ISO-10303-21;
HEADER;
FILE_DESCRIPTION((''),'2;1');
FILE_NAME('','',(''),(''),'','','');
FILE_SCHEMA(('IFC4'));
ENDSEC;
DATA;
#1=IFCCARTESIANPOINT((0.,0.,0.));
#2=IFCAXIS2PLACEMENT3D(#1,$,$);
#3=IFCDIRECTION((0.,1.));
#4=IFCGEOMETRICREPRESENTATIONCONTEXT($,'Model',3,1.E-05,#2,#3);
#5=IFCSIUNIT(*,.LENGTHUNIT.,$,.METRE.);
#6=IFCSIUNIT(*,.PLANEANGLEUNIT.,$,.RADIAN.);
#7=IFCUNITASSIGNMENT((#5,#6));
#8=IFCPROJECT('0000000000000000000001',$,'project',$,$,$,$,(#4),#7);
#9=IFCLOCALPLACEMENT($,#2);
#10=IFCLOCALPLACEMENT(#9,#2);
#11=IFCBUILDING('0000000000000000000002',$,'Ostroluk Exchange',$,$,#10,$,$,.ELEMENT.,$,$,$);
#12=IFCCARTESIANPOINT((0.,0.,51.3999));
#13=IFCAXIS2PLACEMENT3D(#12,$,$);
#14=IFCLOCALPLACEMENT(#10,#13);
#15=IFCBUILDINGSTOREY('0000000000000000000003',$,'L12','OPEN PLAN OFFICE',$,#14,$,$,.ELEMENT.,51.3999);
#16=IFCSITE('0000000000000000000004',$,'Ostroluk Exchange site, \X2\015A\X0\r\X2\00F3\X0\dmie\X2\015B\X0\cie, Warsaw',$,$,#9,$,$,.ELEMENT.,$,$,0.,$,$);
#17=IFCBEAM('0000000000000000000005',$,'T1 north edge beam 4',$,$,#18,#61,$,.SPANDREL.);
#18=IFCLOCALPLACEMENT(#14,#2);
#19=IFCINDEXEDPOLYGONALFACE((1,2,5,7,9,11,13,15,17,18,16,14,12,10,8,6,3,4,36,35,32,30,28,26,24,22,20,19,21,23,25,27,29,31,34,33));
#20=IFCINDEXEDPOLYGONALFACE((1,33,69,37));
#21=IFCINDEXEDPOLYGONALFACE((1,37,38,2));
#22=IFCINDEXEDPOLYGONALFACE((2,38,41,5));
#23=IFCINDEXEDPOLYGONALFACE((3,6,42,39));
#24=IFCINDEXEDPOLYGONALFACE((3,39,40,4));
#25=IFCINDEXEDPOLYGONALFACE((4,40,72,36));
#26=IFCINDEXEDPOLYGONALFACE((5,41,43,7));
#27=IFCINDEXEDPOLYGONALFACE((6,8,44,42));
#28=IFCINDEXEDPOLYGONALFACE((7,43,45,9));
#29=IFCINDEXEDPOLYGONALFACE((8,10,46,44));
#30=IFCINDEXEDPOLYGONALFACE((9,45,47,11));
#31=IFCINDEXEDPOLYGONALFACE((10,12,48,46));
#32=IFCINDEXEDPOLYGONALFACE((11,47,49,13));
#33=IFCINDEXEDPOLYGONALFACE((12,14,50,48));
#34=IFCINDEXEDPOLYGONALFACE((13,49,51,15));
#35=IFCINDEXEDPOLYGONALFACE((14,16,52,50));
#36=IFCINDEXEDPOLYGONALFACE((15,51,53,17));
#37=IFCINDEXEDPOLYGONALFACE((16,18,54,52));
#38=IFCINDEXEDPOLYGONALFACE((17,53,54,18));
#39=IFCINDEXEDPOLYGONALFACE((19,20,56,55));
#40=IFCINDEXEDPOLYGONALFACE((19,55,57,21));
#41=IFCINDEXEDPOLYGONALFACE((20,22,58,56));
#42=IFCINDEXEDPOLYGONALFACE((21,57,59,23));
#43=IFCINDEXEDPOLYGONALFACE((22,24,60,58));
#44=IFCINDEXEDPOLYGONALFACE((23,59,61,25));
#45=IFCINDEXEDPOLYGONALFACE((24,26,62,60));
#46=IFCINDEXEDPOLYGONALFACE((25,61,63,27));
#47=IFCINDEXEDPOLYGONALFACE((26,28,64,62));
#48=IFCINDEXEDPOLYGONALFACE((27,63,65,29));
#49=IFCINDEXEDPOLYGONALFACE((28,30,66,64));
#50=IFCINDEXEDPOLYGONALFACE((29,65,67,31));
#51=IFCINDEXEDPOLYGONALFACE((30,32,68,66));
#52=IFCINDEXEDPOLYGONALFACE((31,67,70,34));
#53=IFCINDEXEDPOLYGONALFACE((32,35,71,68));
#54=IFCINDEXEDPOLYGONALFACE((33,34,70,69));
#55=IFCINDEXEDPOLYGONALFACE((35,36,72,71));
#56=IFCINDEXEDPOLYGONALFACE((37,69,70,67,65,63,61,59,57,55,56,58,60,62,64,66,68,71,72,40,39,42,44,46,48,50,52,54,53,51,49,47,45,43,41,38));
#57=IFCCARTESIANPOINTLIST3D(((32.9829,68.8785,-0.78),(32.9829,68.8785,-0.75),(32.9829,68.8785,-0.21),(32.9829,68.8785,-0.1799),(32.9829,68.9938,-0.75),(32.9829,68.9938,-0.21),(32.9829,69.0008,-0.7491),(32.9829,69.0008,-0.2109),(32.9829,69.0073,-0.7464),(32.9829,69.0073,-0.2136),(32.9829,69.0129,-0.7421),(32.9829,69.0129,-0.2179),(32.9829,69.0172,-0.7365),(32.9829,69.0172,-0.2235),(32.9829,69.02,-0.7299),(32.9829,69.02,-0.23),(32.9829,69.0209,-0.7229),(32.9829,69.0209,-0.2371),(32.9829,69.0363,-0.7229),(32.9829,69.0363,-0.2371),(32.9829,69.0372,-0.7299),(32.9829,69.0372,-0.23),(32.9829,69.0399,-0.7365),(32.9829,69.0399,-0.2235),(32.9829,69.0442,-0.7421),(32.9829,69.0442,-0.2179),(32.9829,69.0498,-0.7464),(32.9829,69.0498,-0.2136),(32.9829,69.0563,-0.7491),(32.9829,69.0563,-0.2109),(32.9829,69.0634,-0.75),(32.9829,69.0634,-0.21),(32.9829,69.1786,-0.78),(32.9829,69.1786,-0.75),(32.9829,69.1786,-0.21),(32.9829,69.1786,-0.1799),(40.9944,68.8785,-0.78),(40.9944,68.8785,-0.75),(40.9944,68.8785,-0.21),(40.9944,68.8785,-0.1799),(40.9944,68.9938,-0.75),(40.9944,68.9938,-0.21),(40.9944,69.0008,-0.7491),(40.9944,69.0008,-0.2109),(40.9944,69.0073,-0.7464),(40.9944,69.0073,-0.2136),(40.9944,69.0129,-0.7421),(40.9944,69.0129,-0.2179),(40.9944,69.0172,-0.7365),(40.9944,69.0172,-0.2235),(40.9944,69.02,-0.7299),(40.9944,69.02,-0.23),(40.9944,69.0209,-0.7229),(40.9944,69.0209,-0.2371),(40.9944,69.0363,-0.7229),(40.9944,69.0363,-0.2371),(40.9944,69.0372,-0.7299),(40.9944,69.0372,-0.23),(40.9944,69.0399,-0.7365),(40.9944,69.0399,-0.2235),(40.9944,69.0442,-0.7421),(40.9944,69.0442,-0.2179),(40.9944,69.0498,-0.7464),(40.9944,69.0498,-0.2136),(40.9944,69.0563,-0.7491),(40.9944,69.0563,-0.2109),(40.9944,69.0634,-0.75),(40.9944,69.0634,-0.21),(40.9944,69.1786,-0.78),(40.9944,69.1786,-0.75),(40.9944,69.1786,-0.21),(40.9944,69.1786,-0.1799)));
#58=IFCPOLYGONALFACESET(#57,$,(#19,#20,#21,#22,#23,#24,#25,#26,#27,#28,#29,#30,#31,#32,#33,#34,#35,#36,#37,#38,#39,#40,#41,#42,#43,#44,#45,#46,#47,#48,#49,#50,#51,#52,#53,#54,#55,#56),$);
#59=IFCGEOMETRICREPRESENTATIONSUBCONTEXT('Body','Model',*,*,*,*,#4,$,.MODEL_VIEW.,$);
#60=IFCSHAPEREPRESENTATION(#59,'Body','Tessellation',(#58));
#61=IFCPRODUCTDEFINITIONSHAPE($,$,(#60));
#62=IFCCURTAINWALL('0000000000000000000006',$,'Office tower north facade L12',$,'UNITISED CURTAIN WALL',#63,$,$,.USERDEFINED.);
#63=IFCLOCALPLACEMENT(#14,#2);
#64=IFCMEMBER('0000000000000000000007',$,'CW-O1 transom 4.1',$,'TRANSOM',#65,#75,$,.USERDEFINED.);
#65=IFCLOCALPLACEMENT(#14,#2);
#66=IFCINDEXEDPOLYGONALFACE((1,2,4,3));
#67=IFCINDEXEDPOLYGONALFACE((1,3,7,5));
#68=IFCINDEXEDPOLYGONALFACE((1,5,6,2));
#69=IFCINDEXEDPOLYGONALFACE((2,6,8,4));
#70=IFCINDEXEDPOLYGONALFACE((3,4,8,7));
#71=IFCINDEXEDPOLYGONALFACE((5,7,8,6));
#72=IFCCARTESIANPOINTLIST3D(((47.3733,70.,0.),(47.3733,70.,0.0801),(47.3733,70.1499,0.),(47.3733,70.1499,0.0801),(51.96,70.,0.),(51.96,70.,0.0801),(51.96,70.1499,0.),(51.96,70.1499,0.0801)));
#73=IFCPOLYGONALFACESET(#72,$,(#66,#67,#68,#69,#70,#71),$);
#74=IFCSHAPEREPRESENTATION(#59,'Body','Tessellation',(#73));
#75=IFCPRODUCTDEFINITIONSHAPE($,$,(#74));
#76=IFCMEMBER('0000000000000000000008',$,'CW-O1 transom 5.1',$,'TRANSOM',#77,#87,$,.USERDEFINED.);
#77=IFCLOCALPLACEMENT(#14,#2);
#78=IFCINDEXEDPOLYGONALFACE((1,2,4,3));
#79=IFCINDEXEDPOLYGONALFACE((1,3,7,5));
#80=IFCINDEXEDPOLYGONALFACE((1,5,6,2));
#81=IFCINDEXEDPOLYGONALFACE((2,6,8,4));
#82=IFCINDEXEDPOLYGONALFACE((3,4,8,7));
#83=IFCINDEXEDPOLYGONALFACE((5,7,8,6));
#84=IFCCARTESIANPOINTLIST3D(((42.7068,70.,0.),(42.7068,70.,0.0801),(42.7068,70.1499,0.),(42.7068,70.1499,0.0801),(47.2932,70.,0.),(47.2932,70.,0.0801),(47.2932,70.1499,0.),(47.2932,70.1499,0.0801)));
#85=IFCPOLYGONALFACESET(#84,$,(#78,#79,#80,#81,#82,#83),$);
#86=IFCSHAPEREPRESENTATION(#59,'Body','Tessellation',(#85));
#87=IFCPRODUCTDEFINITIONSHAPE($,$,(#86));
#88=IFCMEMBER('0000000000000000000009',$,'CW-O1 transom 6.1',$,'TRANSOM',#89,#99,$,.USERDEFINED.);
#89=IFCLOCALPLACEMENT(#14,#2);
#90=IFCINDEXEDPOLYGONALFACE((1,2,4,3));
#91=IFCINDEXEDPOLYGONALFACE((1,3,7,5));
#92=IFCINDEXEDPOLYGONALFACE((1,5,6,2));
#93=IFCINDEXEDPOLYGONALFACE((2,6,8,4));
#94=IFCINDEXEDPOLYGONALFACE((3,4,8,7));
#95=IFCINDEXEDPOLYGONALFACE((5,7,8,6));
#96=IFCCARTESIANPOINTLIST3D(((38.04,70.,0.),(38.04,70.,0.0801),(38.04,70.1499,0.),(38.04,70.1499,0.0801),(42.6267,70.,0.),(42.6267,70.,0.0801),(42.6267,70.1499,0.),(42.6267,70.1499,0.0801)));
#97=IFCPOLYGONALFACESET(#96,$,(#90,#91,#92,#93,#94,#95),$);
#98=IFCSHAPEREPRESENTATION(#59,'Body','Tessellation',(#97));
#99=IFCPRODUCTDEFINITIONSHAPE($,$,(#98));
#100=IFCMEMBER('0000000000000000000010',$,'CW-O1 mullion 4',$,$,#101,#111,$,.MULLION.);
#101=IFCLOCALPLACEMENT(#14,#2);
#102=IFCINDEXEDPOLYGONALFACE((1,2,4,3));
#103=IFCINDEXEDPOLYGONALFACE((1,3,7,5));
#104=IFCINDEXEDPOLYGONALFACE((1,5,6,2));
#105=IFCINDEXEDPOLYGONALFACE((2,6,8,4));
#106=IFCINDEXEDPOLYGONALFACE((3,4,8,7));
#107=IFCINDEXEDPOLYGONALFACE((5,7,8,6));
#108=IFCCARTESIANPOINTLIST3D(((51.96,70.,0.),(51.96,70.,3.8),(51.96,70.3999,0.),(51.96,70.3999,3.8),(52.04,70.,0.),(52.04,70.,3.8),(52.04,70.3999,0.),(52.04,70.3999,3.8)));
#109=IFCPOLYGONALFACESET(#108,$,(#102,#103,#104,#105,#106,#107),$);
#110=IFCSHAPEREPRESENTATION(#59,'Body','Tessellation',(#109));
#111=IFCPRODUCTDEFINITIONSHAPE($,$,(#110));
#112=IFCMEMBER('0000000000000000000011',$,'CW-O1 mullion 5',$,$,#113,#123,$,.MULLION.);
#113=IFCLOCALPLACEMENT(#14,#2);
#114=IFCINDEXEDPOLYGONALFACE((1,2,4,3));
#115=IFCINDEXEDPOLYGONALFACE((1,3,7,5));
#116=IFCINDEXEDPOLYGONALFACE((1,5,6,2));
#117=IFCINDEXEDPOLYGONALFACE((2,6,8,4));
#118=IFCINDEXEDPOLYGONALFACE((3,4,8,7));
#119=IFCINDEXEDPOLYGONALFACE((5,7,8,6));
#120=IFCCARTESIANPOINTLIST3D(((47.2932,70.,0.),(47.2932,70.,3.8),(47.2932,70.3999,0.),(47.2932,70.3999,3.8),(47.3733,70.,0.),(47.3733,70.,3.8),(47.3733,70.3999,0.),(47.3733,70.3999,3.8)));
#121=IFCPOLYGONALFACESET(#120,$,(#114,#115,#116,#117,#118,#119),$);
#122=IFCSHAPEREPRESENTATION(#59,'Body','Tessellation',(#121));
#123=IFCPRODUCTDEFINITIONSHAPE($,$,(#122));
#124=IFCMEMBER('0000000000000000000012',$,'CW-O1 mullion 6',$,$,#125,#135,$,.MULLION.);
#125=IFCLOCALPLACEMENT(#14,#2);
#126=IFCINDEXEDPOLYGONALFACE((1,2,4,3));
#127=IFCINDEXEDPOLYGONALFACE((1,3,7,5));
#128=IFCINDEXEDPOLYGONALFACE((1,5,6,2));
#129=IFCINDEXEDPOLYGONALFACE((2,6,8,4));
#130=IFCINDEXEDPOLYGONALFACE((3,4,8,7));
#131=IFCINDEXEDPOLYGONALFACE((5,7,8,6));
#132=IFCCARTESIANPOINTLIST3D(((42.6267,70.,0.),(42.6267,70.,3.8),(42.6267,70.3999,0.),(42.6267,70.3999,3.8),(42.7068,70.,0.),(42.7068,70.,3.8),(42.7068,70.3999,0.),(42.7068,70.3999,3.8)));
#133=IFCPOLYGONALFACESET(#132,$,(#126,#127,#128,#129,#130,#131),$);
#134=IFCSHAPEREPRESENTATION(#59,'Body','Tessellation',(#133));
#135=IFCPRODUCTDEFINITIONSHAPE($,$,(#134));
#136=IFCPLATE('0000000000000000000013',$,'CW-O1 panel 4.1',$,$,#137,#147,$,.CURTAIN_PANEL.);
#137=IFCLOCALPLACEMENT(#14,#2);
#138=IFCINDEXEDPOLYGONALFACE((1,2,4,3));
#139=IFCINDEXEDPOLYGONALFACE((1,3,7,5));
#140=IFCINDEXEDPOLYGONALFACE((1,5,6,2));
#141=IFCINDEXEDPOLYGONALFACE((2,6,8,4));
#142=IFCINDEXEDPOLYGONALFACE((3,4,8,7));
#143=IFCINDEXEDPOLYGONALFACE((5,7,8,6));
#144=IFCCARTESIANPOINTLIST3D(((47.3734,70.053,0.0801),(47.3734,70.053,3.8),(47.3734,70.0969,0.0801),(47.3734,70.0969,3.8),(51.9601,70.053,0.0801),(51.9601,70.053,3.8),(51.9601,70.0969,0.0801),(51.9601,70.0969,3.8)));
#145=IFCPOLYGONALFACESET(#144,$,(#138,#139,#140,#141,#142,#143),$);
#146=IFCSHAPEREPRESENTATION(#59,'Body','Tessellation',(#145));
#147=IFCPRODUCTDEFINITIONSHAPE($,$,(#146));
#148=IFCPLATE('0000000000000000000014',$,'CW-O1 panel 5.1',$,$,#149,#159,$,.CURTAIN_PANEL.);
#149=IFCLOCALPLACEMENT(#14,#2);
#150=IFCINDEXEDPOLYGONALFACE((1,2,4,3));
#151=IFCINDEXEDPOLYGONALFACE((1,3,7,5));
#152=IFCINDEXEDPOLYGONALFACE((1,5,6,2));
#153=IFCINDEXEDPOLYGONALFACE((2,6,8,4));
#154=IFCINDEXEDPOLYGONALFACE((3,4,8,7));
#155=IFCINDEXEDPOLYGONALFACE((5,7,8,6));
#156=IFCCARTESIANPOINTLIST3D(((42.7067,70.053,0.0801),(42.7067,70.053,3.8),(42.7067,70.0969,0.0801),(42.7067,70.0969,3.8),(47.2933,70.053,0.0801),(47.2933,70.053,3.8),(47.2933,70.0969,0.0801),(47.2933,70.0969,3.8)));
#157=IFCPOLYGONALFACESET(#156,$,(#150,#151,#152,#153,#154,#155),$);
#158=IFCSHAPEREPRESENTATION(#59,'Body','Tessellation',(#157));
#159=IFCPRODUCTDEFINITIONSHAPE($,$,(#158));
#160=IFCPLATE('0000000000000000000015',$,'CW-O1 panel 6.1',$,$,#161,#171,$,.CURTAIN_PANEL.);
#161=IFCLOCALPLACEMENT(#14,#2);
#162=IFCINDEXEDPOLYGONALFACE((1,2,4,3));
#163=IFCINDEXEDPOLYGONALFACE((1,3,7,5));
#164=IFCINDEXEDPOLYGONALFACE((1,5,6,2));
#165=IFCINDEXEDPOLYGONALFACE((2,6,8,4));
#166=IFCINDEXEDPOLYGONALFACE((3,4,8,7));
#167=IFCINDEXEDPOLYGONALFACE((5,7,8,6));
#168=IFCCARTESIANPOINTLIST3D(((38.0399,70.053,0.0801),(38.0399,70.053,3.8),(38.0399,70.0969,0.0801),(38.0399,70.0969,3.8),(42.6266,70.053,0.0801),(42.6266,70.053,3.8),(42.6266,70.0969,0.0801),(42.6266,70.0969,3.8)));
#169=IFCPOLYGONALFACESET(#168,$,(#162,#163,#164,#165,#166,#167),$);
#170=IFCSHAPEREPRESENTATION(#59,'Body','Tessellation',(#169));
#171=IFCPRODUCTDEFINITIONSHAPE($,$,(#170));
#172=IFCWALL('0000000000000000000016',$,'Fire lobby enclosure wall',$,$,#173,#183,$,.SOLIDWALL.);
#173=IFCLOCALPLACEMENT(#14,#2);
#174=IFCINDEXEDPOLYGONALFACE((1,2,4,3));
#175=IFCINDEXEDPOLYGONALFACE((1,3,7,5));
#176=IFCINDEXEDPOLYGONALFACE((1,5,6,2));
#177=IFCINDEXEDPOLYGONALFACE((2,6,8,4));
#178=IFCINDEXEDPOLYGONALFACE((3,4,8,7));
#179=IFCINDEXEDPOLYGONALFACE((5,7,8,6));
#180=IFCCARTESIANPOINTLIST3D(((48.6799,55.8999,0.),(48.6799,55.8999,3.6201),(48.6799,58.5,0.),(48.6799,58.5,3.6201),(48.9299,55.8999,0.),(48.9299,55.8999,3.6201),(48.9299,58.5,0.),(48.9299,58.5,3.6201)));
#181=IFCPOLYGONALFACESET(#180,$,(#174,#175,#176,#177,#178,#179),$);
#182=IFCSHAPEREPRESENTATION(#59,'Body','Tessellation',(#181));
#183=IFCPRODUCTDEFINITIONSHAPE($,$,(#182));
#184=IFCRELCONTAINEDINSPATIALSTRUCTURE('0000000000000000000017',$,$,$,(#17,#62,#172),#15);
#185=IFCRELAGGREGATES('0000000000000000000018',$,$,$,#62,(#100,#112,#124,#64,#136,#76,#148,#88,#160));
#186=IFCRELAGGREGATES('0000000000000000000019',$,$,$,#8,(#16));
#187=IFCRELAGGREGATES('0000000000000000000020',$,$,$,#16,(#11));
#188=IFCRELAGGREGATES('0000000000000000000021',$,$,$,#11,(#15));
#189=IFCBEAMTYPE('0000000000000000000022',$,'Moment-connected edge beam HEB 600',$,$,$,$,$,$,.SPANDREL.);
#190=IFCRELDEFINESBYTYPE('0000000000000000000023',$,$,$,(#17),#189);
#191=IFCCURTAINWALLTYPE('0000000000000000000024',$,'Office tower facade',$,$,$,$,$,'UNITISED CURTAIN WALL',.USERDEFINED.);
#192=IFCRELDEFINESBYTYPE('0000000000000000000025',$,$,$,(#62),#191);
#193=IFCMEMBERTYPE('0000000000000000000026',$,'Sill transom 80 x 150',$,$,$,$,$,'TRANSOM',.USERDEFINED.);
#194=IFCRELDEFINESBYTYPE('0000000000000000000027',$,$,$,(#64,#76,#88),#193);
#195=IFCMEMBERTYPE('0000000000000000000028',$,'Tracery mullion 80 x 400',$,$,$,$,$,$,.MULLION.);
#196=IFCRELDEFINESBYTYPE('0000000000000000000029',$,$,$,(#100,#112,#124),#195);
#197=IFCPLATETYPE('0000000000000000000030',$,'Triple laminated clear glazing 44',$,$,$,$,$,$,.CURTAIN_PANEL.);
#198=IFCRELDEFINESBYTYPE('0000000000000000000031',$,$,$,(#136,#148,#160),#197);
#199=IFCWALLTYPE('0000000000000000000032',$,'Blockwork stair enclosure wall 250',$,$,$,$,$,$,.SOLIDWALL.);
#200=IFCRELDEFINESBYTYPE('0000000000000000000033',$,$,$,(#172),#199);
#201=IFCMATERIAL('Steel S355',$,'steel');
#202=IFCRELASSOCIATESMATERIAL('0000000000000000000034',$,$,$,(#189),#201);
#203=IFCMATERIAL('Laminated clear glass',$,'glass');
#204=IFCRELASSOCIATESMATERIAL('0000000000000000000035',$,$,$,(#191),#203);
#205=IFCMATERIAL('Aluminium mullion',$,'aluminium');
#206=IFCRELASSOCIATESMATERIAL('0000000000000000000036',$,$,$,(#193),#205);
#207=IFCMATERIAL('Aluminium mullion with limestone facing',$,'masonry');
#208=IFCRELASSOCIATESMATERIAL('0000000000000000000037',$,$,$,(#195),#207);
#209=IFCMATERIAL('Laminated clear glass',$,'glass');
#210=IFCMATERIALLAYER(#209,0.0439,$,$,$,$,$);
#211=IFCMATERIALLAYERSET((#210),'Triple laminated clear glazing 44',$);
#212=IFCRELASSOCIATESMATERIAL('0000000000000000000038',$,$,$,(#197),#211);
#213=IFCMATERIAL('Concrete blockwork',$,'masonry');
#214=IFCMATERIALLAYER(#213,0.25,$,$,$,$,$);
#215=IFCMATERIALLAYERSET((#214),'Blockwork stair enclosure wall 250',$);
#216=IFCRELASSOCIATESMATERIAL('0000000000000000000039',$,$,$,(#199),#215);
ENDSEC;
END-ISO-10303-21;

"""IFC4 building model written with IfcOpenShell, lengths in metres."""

from ifc_helpers import new_model, si_unit, direction, frame, frame_2d, origin, origin_2d, place, context, subcontext, project, spatial, rectangle, i_section, extrude, material, layer, layer_set, material_profile, profile_set, type_object, element, aggregate, save


model = new_model("IFC4")

# Units and contexts
model_context = context("Model", 3, precision=1e-05, world=origin(), true_north=direction((0.0, 1.0)))
body_context = subcontext(model_context, "Body", "Model", "MODEL_VIEW")
ifc_project = project(units=[si_unit("LENGTHUNIT", "METRE"), si_unit("PLANEANGLEUNIT", "RADIAN")], contexts=[model_context])

# Site, building, storey
site_placement = place(None, origin())
site = spatial("IfcSite", under=ifc_project, at=site_placement, Name="Ostroluk Exchange site, Śródmieście, Warsaw", CompositionType="ELEMENT", RefElevation=0.0)
building_placement = place(site_placement, origin())
building = spatial("IfcBuilding", under=site, at=building_placement, Name="Ostroluk Exchange", CompositionType="ELEMENT")
storey_placement = place(building_placement, frame((0.0, 0.0, 51.3999)))
storey = spatial("IfcBuildingStorey", under=building, at=storey_placement, Name="L12", Description="OPEN PLAN OFFICE", CompositionType="ELEMENT", Elevation=51.3999)

# Beam
ifc_material_1 = material(Name="Steel S355", Category="steel")
ifc_material_profile_1 = material_profile(ifc_material_1, i_section(OverallWidth=0.3, OverallDepth=0.6001, WebThickness=0.0154, FlangeThickness=0.03, FilletRadius=0.0271, at=origin_2d()), Name="HEB 600")
ifc_profile_set_1 = profile_set([ifc_material_profile_1], Name="Steel S355")
beam_type_1 = type_object("IfcBeamType", Name="Moment-connected edge beam HEB 600", PredefinedType="SPANDREL", material=ifc_profile_set_1)
beam_1_placement = place(storey_placement, frame((40.9944, 69.0286, -0.48), z_axis=(-1.0, 0.0, 0.0), x_axis=(0.0, -1.0, 0.0)))
element("IfcBeam", 1, at=beam_1_placement, inside=storey, type_object=beam_type_1, Name="T1 north edge beam 4", PredefinedType="SPANDREL", context=body_context, shape_type="SweptSolid", body=[
    extrude(i_section(OverallWidth=0.3, OverallDepth=0.6001, WebThickness=0.0154, FlangeThickness=0.03, FilletRadius=0.0271, at=origin_2d()), origin(), (0.0, 0.0, 1.0), 8.0115),
])

# Curtain wall, members, plates
ifc_material_2 = material(Name="Laminated clear glass", Category="glass")
curtain_wall_type = type_object("IfcCurtainWallType", Name="Office tower facade", ElementType="UNITISED CURTAIN WALL", PredefinedType="USERDEFINED", material=ifc_material_2)
curtain_wall_placement = place(storey_placement, origin())
curtain_wall = element("IfcCurtainWall", 2, at=curtain_wall_placement, inside=storey, type_object=curtain_wall_type, Name="Office tower north facade L12", ObjectType="UNITISED CURTAIN WALL", PredefinedType="USERDEFINED")
ifc_material_3 = material(Name="Aluminium mullion", Category="aluminium")
ifc_material_profile_2 = material_profile(ifc_material_3, rectangle(XDim=0.1499, YDim=0.0801, at=origin_2d()), Name="Sill transom 80 x 150")
ifc_profile_set_2 = profile_set([ifc_material_profile_2], Name="Aluminium mullion")
member_type_1 = type_object("IfcMemberType", Name="Sill transom 80 x 150", ElementType="TRANSOM", PredefinedType="USERDEFINED", material=ifc_profile_set_2)
member_1_placement = place(storey_placement, frame((51.96, 70.075, 0.04), z_axis=(-1.0, 0.0, 0.0), x_axis=(0.0, -1.0, 0.0)))
member_1 = element("IfcMember", 3, at=member_1_placement, type_object=member_type_1, Name="CW-O1 transom 4.1", ObjectType="TRANSOM", PredefinedType="USERDEFINED", context=body_context, shape_type="SweptSolid", body=[
    extrude(rectangle(XDim=0.1499, YDim=0.0801, at=origin_2d()), origin(), (0.0, 0.0, 1.0), 4.5867),
])
member_2_placement = place(storey_placement, frame((47.2932, 70.075, 0.04), z_axis=(-1.0, 0.0, 0.0), x_axis=(0.0, -1.0, 0.0)))
member_2 = element("IfcMember", 4, at=member_2_placement, type_object=member_type_1, Name="CW-O1 transom 5.1", ObjectType="TRANSOM", PredefinedType="USERDEFINED", context=body_context, shape_type="SweptSolid", body=[
    extrude(rectangle(XDim=0.1499, YDim=0.0801, at=origin_2d()), origin(), (0.0, 0.0, 1.0), 4.5864),
])
member_3_placement = place(storey_placement, frame((42.6267, 70.075, 0.04), z_axis=(-1.0, 0.0, 0.0), x_axis=(0.0, -1.0, 0.0)))
member_3 = element("IfcMember", 5, at=member_3_placement, type_object=member_type_1, Name="CW-O1 transom 6.1", ObjectType="TRANSOM", PredefinedType="USERDEFINED", context=body_context, shape_type="SweptSolid", body=[
    extrude(rectangle(XDim=0.1499, YDim=0.0801, at=origin_2d()), origin(), (0.0, 0.0, 1.0), 4.5867),
])
ifc_material_4 = material(Name="Aluminium mullion with limestone facing", Category="masonry")
ifc_material_profile_3 = material_profile(ifc_material_4, rectangle(XDim=0.3999, YDim=0.0801, at=origin_2d()), Name="Tracery mullion 80 x 400")
ifc_profile_set_3 = profile_set([ifc_material_profile_3], Name="Aluminium mullion with limestone facing")
member_type_2 = type_object("IfcMemberType", Name="Tracery mullion 80 x 400", PredefinedType="MULLION", material=ifc_profile_set_3)
member_4_placement = place(storey_placement, frame((52.0, 70.2, 0.0), z_axis=(0.0, 0.0, 1.0), x_axis=(0.0, -1.0, 0.0)))
member_4 = element("IfcMember", 6, at=member_4_placement, type_object=member_type_2, Name="CW-O1 mullion 4", PredefinedType="MULLION", context=body_context, shape_type="SweptSolid", body=[
    extrude(rectangle(XDim=0.3999, YDim=0.0801, at=origin_2d()), origin(), (0.0, 0.0, 1.0), 3.8),
])
member_5_placement = place(storey_placement, frame((47.3333, 70.2, 0.0), z_axis=(0.0, 0.0, 1.0), x_axis=(0.0, -1.0, 0.0)))
member_5 = element("IfcMember", 7, at=member_5_placement, type_object=member_type_2, Name="CW-O1 mullion 5", PredefinedType="MULLION", context=body_context, shape_type="SweptSolid", body=[
    extrude(rectangle(XDim=0.3999, YDim=0.0801, at=origin_2d()), origin(), (0.0, 0.0, 1.0), 3.8),
])
member_6_placement = place(storey_placement, frame((42.6667, 70.2, 0.0), z_axis=(0.0, 0.0, 1.0), x_axis=(0.0, -1.0, 0.0)))
member_6 = element("IfcMember", 8, at=member_6_placement, type_object=member_type_2, Name="CW-O1 mullion 6", PredefinedType="MULLION", context=body_context, shape_type="SweptSolid", body=[
    extrude(rectangle(XDim=0.3999, YDim=0.0801, at=origin_2d()), origin(), (0.0, 0.0, 1.0), 3.8),
])
ifc_material_5 = material(Name="Laminated clear glass", Category="glass")
ifc_layer_1 = layer(ifc_material_5, 0.0439)
ifc_layer_set_1 = layer_set([ifc_layer_1], Name="Triple laminated clear glazing 44")
plate_type = type_object("IfcPlateType", Name="Triple laminated clear glazing 44", PredefinedType="CURTAIN_PANEL", material=ifc_layer_set_1)
plate_1_placement = place(storey_placement, frame((49.6667, 70.075, 0.0801), z_axis=(0.0, 0.0, 1.0), x_axis=(-1.0, 0.0, 0.0)))
plate_1 = element("IfcPlate", 9, at=plate_1_placement, type_object=plate_type, Name="CW-O1 panel 4.1", PredefinedType="CURTAIN_PANEL", context=body_context, shape_type="SweptSolid", body=[
    extrude(rectangle(XDim=4.5867, YDim=0.0439, at=origin_2d()), origin(), (0.0, 0.0, 1.0), 3.72),
])
plate_2_placement = place(storey_placement, frame((45.0, 70.075, 0.0801), z_axis=(0.0, 0.0, 1.0), x_axis=(-1.0, 0.0, 0.0)))
plate_2 = element("IfcPlate", 10, at=plate_2_placement, type_object=plate_type, Name="CW-O1 panel 5.1", PredefinedType="CURTAIN_PANEL", context=body_context, shape_type="SweptSolid", body=[
    extrude(rectangle(XDim=4.5867, YDim=0.0439, at=origin_2d()), origin(), (0.0, 0.0, 1.0), 3.72),
])
plate_3_placement = place(storey_placement, frame((40.3333, 70.075, 0.0801), z_axis=(0.0, 0.0, 1.0), x_axis=(-1.0, 0.0, 0.0)))
plate_3 = element("IfcPlate", 11, at=plate_3_placement, type_object=plate_type, Name="CW-O1 panel 6.1", PredefinedType="CURTAIN_PANEL", context=body_context, shape_type="SweptSolid", body=[
    extrude(rectangle(XDim=4.5867, YDim=0.0439, at=origin_2d()), origin(), (0.0, 0.0, 1.0), 3.72),
])
aggregate(curtain_wall, [member_4, member_5, member_6, member_1, plate_1, member_2, plate_2, member_3, plate_3])

# Wall
ifc_material_6 = material(Name="Concrete blockwork", Category="masonry")
ifc_layer_2 = layer(ifc_material_6, 0.25)
ifc_layer_set_2 = layer_set([ifc_layer_2], Name="Blockwork stair enclosure wall 250")
wall_type = type_object("IfcWallType", Name="Blockwork stair enclosure wall 250", PredefinedType="SOLIDWALL", material=ifc_layer_set_2)
for number, where, z_axis, x_axis, name in (
    (12, (48.8049, 55.8999, 0.0), (0.0, 0.0, 1.0), (0.0, 1.0, 0.0), "Fire lobby enclosure wall"),
):
    element("IfcWall", number, at=place(storey_placement, frame(where, z_axis=z_axis, x_axis=x_axis)), inside=storey, type_object=wall_type, Name=name, PredefinedType="SOLIDWALL", context=body_context, shape_type="SweptSolid", body=[
        extrude(rectangle(XDim=2.6001, YDim=0.25, at=frame_2d((1.3, 0.0))), origin(), (0.0, 0.0, 1.0), 3.6201),
    ])

save(model, "model.ifc")
